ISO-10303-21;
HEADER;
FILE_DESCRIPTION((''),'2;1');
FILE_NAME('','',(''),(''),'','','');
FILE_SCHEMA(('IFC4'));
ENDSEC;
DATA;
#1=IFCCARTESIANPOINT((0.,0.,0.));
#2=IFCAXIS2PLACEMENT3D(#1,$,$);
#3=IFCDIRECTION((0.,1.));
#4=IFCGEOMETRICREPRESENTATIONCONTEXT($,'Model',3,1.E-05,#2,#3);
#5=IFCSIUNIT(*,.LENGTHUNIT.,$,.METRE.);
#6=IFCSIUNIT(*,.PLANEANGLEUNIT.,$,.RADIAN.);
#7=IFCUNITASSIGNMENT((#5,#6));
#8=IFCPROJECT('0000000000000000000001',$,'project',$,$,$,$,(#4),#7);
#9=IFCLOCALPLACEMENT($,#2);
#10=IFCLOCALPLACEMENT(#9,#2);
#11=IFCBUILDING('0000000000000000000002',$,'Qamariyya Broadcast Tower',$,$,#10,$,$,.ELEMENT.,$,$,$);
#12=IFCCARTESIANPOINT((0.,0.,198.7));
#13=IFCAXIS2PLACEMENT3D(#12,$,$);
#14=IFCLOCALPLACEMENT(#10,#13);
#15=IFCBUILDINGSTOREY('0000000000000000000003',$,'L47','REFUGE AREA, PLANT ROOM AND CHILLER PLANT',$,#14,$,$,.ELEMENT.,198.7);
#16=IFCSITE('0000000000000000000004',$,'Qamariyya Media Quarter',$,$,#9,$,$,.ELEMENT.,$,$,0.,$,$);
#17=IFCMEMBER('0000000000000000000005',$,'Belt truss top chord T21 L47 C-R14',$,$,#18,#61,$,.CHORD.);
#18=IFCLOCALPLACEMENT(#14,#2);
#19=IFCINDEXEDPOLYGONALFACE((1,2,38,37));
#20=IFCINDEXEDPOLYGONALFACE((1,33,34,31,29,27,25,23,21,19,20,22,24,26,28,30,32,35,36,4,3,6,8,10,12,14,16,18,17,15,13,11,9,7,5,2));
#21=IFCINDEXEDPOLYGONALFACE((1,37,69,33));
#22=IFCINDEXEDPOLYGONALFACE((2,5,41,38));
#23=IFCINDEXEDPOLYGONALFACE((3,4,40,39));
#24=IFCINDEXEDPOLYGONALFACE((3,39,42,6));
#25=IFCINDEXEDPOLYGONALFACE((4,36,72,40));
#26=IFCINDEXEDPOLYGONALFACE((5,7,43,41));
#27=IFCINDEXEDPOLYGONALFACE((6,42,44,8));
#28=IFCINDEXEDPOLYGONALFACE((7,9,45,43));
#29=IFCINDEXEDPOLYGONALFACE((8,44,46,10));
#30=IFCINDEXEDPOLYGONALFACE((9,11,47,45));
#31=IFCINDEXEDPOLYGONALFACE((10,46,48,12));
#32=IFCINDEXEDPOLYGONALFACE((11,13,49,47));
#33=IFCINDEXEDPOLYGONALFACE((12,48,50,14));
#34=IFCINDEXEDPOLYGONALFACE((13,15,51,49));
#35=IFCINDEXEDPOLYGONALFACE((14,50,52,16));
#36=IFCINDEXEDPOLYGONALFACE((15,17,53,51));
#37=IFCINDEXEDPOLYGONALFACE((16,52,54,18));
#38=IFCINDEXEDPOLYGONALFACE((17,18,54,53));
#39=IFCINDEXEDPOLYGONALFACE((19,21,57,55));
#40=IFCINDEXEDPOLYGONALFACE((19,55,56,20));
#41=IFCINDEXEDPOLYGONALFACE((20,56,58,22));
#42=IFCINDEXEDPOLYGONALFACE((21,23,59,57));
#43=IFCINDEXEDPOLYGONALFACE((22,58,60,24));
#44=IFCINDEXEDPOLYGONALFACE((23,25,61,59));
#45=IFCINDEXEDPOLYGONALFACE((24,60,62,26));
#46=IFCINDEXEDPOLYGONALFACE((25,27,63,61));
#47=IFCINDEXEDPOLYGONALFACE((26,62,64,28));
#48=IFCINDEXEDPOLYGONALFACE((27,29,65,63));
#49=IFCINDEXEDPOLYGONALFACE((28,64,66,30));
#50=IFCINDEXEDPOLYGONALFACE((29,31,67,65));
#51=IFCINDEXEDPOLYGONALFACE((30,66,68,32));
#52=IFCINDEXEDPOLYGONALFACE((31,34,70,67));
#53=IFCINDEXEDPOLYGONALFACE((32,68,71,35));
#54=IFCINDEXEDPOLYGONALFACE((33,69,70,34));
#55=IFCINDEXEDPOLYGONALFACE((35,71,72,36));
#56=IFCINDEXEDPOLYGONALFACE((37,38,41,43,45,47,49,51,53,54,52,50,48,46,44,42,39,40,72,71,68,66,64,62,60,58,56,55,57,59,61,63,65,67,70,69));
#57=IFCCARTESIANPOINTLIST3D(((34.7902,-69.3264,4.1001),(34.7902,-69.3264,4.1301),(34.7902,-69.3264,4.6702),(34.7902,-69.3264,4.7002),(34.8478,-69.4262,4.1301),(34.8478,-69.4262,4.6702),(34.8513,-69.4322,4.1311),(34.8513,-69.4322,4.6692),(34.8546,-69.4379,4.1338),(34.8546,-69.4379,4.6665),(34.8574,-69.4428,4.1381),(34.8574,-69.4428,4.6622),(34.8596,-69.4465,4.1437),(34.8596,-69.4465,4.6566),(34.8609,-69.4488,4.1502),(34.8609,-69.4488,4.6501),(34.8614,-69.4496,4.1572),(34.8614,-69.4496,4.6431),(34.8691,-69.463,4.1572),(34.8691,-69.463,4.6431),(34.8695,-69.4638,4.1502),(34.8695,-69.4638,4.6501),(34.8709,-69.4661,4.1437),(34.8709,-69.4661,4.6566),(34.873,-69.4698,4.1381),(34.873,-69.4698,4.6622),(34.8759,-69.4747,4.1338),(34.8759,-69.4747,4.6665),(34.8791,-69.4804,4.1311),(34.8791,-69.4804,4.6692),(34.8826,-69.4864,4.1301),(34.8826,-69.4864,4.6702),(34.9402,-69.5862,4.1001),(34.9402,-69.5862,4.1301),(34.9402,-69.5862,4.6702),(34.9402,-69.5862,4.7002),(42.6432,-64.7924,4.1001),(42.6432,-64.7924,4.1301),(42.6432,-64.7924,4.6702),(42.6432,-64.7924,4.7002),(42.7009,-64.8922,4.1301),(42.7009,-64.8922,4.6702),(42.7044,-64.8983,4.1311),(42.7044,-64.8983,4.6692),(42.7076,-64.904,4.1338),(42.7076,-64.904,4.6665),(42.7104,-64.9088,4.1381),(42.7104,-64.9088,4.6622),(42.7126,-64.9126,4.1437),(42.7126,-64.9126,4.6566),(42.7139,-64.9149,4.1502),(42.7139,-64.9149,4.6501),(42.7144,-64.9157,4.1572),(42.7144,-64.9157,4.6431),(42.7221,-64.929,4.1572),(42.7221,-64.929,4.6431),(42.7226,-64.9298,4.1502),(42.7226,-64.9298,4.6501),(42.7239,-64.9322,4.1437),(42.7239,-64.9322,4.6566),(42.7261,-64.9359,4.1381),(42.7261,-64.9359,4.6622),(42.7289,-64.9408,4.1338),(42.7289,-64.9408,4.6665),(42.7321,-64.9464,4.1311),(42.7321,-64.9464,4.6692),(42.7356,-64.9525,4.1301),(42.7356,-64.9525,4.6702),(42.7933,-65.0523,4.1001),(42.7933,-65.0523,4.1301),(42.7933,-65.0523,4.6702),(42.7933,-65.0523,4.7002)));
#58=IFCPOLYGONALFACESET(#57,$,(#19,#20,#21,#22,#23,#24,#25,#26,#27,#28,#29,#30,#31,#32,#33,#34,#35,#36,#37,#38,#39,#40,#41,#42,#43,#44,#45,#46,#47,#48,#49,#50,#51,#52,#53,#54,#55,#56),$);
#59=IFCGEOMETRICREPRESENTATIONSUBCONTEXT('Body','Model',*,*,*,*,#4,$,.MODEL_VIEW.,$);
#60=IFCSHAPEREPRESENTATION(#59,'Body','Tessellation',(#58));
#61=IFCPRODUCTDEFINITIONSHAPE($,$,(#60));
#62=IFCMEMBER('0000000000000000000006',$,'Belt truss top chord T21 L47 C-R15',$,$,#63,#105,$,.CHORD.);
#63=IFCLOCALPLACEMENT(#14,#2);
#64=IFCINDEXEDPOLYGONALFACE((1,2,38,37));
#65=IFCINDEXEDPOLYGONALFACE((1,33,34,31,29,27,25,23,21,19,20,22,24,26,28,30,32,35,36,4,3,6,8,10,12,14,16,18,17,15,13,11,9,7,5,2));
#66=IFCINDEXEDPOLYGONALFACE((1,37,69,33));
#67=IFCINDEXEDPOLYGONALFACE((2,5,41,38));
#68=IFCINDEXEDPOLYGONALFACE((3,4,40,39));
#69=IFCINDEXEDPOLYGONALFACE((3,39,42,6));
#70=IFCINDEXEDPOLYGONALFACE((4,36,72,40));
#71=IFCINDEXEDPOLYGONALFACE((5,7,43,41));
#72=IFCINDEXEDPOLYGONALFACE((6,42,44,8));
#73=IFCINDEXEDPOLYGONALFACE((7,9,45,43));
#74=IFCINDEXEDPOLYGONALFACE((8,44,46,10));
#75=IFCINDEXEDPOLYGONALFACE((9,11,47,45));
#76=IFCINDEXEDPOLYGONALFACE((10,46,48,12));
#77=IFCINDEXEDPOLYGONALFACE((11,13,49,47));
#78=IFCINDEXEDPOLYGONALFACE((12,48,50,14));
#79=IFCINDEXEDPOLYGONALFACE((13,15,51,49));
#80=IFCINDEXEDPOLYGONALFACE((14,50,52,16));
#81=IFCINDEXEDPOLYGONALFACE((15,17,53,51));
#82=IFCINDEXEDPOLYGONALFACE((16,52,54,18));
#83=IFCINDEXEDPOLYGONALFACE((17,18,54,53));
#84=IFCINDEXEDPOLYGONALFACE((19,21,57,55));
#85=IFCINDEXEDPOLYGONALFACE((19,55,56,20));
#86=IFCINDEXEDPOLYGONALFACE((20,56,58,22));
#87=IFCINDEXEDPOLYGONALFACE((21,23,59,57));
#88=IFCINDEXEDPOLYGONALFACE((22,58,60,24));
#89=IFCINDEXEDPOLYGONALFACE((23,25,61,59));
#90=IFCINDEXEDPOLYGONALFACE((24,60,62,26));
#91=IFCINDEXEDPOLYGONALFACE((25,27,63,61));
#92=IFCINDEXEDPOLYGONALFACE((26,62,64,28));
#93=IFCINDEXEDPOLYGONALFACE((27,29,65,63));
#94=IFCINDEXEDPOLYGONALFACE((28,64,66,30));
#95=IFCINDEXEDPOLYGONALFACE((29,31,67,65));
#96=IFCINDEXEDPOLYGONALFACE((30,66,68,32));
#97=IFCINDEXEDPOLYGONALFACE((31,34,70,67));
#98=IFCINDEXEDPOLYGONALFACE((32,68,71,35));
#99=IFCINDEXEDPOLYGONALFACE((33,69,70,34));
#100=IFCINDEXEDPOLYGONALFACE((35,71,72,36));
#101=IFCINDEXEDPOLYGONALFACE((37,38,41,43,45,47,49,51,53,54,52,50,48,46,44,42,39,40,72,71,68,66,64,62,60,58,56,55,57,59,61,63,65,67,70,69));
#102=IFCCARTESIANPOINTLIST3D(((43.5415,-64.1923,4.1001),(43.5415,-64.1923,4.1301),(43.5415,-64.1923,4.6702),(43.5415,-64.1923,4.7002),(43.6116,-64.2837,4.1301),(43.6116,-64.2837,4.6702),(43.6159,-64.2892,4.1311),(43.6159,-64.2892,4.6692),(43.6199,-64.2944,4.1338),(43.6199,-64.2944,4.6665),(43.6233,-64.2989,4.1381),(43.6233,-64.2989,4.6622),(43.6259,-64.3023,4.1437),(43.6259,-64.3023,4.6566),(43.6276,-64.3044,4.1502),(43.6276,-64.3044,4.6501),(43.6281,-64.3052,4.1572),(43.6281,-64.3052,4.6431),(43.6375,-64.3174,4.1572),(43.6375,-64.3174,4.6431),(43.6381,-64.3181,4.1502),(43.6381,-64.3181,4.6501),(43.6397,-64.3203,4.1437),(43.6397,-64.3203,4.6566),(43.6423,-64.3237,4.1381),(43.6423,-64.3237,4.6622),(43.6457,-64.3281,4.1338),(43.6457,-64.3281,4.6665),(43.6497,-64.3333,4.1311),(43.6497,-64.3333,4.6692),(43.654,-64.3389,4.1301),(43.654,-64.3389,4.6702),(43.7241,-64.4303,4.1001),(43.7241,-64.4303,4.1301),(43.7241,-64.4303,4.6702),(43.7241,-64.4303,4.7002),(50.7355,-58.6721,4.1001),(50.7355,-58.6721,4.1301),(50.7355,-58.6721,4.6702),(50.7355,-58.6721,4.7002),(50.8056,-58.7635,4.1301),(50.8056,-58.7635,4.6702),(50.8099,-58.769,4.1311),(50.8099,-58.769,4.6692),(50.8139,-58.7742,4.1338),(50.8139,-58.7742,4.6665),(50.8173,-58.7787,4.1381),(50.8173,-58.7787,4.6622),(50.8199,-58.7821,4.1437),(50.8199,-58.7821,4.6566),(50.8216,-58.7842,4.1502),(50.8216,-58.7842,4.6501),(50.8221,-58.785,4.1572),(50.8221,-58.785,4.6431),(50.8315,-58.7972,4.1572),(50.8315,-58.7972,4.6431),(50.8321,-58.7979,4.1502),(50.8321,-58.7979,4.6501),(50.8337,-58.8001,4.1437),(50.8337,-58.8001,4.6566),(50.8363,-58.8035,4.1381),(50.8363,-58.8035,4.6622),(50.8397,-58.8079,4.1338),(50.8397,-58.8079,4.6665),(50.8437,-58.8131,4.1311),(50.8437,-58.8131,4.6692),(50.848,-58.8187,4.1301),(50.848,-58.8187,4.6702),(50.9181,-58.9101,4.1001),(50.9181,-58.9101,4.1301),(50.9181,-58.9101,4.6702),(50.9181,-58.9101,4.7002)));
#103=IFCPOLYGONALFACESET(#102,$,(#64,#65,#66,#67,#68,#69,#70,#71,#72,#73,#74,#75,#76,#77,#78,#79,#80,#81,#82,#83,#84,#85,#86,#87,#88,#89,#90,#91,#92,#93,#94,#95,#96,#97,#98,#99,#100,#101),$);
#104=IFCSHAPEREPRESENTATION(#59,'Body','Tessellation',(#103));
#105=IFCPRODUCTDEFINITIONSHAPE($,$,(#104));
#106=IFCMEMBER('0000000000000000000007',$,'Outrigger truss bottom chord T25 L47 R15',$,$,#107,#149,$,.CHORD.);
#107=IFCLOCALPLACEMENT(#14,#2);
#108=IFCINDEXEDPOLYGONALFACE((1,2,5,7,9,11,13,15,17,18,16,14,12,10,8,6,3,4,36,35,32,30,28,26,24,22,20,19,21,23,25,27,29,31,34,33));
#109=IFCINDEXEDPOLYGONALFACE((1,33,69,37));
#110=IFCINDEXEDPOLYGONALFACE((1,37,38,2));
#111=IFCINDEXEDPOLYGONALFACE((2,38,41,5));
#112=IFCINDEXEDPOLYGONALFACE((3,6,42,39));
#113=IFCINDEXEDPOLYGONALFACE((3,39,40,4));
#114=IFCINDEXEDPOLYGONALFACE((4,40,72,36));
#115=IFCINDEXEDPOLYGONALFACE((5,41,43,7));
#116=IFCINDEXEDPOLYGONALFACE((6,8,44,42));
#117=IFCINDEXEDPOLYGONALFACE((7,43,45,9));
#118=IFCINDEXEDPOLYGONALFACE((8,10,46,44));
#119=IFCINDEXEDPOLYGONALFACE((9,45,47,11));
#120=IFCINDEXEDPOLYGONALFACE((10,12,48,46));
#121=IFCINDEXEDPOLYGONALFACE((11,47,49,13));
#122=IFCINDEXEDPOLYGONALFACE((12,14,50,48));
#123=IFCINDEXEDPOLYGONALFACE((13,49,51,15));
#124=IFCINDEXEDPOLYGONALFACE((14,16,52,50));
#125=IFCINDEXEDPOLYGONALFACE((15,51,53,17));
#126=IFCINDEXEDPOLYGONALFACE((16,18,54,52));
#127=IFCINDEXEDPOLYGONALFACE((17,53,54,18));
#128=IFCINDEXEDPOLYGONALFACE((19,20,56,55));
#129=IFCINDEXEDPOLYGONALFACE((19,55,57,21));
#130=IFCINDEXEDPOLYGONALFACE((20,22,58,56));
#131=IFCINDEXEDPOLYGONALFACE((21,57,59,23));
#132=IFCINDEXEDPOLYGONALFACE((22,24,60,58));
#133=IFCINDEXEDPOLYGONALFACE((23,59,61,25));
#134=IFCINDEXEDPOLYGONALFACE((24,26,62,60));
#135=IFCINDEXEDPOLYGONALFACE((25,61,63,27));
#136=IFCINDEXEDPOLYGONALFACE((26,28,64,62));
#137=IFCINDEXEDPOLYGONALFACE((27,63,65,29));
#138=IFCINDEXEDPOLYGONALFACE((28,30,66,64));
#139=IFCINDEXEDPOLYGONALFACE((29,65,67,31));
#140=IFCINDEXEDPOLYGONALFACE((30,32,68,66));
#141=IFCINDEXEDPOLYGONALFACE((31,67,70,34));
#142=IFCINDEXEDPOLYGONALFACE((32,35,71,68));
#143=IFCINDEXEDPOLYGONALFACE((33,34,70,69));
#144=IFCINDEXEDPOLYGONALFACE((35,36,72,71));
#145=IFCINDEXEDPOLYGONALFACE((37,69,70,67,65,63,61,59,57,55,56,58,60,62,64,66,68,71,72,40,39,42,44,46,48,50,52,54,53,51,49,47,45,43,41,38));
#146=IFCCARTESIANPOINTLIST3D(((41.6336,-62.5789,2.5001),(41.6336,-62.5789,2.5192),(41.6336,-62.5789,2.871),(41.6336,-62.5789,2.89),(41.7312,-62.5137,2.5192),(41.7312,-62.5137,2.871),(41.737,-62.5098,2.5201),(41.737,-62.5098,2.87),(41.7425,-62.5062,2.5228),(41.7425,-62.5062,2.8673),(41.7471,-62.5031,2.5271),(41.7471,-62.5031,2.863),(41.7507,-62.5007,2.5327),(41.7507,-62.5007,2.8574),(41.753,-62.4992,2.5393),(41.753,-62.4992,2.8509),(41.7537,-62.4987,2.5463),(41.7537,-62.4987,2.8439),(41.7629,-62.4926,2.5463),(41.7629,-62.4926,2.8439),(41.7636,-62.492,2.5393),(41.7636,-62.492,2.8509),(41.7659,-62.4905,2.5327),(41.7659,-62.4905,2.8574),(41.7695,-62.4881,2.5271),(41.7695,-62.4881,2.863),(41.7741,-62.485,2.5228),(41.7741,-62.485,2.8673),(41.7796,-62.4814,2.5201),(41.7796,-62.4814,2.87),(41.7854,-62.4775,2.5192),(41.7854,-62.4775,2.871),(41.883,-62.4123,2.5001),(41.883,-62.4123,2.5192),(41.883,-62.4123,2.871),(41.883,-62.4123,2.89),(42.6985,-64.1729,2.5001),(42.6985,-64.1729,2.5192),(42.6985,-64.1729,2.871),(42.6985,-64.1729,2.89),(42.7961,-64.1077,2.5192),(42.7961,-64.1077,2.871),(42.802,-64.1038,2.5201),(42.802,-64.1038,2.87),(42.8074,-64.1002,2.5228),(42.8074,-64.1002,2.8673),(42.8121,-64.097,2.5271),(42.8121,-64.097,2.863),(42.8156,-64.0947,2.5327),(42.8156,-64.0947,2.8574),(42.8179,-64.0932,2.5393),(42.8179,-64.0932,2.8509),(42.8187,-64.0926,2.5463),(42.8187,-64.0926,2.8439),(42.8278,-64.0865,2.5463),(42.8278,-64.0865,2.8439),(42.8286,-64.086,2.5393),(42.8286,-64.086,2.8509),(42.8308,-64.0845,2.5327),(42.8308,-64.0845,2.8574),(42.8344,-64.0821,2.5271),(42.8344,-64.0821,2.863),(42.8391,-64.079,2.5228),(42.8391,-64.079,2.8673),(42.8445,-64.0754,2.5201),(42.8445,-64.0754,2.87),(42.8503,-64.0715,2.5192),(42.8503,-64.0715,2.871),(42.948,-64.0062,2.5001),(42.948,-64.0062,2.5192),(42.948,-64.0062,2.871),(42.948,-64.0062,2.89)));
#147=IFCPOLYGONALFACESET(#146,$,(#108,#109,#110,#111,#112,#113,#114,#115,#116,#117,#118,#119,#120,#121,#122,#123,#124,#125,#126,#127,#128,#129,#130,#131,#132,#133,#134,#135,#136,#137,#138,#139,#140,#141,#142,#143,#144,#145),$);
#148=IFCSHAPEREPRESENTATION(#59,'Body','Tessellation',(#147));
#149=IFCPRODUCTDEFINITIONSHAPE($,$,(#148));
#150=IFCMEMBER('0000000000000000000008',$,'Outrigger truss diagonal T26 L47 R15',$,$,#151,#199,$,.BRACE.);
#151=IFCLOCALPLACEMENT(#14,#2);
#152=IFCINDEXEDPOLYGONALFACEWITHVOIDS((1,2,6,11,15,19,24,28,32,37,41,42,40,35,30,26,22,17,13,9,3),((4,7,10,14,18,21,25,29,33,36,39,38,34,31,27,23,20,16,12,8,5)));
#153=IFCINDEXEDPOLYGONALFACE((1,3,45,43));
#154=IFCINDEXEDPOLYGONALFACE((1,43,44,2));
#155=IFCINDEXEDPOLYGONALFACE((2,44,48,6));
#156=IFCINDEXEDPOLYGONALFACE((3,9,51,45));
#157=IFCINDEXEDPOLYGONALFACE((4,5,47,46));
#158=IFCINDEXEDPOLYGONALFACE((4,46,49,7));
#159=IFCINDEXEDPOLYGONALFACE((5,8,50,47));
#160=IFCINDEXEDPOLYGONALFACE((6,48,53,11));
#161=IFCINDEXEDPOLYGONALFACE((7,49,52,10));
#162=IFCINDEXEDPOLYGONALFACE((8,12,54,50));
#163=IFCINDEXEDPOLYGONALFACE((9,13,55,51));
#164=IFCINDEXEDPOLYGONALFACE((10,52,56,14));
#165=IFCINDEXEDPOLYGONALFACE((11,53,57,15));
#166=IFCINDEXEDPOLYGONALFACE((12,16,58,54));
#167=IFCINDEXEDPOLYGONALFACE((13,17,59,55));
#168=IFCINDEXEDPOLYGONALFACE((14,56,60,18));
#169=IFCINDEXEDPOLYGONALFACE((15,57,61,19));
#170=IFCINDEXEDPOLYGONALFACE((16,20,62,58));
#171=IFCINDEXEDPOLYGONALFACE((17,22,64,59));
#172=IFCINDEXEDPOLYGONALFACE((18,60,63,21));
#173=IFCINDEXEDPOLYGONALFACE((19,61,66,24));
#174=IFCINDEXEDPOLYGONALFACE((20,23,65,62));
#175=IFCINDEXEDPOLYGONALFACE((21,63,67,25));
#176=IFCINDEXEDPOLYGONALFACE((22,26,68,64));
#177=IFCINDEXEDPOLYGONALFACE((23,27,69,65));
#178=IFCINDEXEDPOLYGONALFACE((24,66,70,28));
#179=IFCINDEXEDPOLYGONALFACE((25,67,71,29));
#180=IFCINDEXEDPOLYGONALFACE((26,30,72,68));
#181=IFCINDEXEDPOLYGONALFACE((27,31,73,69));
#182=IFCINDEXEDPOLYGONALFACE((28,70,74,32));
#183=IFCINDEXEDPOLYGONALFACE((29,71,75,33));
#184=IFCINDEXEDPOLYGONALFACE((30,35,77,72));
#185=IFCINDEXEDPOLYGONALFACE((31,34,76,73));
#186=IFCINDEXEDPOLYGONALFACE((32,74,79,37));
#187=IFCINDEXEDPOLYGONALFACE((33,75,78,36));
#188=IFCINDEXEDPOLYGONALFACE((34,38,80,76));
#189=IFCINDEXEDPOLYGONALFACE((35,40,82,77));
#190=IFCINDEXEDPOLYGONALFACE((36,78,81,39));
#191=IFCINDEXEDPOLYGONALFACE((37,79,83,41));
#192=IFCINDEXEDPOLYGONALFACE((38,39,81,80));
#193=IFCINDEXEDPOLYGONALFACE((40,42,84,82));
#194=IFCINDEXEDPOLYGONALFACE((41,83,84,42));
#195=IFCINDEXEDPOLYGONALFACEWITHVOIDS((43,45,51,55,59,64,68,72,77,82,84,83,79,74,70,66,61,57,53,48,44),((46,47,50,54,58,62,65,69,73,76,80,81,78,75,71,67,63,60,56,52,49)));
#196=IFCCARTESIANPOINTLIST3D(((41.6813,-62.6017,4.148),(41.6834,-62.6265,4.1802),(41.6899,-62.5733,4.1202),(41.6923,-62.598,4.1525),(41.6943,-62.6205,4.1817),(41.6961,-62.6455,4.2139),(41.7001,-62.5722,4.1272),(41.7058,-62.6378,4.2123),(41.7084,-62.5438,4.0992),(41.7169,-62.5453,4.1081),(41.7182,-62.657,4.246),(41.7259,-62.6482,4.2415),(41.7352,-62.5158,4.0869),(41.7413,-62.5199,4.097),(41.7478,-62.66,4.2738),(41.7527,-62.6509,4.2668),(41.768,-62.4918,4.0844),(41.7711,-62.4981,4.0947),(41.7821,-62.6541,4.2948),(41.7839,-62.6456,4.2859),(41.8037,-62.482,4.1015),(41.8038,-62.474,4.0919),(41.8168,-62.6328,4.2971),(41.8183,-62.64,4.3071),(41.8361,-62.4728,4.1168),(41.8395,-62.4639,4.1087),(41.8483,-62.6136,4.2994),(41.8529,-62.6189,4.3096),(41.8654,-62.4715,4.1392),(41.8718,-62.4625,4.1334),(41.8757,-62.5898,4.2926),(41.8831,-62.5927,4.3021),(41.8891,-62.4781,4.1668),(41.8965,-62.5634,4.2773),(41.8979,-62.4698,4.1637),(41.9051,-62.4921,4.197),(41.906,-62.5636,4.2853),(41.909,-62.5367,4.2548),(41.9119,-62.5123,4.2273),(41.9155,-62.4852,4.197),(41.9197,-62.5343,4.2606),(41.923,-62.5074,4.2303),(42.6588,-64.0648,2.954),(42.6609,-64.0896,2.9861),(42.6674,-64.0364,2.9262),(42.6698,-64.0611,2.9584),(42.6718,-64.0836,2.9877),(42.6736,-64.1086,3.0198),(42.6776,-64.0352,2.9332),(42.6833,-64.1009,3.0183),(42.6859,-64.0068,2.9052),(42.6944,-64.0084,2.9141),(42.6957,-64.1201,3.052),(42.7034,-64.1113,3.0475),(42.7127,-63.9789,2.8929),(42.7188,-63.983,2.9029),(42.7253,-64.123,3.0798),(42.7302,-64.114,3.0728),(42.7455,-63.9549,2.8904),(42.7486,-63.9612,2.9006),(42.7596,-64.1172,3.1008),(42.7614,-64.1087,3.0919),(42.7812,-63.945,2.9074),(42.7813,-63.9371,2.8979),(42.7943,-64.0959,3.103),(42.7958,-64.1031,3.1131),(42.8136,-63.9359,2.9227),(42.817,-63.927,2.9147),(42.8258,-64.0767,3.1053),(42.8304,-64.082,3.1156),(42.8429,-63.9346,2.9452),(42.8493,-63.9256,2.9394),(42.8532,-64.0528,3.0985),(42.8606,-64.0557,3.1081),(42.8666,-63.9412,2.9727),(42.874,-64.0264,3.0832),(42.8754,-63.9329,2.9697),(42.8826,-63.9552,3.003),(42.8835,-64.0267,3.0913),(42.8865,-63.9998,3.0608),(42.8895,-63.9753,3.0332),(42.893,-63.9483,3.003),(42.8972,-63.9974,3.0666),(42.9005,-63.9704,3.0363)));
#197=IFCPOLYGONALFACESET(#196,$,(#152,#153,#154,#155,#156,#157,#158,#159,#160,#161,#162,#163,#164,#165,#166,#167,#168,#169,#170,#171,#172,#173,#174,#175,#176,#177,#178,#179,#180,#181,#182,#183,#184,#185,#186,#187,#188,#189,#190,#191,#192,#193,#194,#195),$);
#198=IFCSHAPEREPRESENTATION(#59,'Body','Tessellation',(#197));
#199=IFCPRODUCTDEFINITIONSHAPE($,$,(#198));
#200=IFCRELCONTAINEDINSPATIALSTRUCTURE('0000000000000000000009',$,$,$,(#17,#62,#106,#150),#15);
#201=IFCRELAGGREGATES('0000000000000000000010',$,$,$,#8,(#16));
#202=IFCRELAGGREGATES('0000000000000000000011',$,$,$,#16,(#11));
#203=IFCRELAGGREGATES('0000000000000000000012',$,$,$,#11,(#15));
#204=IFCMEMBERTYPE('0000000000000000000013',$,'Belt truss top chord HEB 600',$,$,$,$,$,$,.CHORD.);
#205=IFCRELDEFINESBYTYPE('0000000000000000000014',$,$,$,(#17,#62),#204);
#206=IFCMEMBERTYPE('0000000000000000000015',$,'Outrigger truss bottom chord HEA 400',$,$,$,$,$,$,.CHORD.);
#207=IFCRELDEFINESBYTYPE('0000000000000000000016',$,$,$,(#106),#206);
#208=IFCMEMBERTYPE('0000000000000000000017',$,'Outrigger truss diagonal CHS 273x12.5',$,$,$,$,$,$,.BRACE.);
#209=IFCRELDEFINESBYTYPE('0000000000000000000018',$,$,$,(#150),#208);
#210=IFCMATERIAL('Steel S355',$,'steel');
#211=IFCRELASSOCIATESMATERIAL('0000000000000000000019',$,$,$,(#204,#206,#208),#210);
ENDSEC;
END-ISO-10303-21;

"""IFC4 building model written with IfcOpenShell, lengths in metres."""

from ifc_helpers import new_model, si_unit, direction, frame, origin, origin_2d, place, context, subcontext, project, spatial, hollow_circle, i_section, extrude, material, material_profile, profile_set, type_object, element, save


model = new_model("IFC4")

# Units and contexts
model_context = context("Model", 3, precision=1e-05, world=origin(), true_north=direction((0.0, 1.0)))
body_context = subcontext(model_context, "Body", "Model", "MODEL_VIEW")
ifc_project = project(units=[si_unit("LENGTHUNIT", "METRE"), si_unit("PLANEANGLEUNIT", "RADIAN")], contexts=[model_context])

# Site, building, storey
site_placement = place(None, origin())
site = spatial("IfcSite", under=ifc_project, at=site_placement, Name="Qamariyya Media Quarter", CompositionType="ELEMENT", RefElevation=0.0)
building_placement = place(site_placement, origin())
building = spatial("IfcBuilding", under=site, at=building_placement, Name="Qamariyya Broadcast Tower", CompositionType="ELEMENT")
storey_placement = place(building_placement, frame((0.0, 0.0, 198.7)))
storey = spatial("IfcBuildingStorey", under=building, at=storey_placement, Name="L47", Description="REFUGE AREA, PLANT ROOM AND CHILLER PLANT", CompositionType="ELEMENT", Elevation=198.7)

# Members
ifc_material_1 = material(Name="Steel S355", Category="steel")
ifc_material_profile_1 = material_profile(ifc_material_1, i_section(OverallWidth=0.3, OverallDepth=0.6001, WebThickness=0.0154, FlangeThickness=0.03, FilletRadius=0.0271, at=origin_2d()))
ifc_profile_set_1 = profile_set([ifc_material_profile_1], Name="Steel S355")
member_type_1 = type_object("IfcMemberType", Name="Belt truss top chord HEB 600", PredefinedType="CHORD", material=ifc_profile_set_1)
for number, where, z_axis, x_axis, name in (
    (1, (34.8652, -69.4563, 4.4001), (0.866026, 0.499999, 0.0), (-0.499999, 0.866026, 0.0), "Belt truss top chord T21 L47 C-R14"),
    (2, (43.6328, -64.3113, 4.4001), (0.793351, 0.608764, 0.0), (-0.608764, 0.793351, 0.0), "Belt truss top chord T21 L47 C-R15"),
):
    element("IfcMember", number, at=place(storey_placement, frame(where, z_axis=z_axis, x_axis=x_axis)), inside=storey, type_object=member_type_1, Name=name, PredefinedType="CHORD", context=body_context, shape_type="SweptSolid", body=[
        extrude(i_section(OverallWidth=0.3, OverallDepth=0.6001, WebThickness=0.0154, FlangeThickness=0.03, FilletRadius=0.0271, at=origin_2d()), origin(), (0.0, 0.0, 1.0), 9.0679),
    ])
ifc_material_profile_2 = material_profile(ifc_material_1, i_section(OverallWidth=0.3, OverallDepth=0.3899, WebThickness=0.011, FlangeThickness=0.019, FilletRadius=0.0271, at=origin_2d()))
ifc_profile_set_2 = profile_set([ifc_material_profile_2], Name="Steel S355")
member_type_2 = type_object("IfcMemberType", Name="Outrigger truss bottom chord HEA 400", PredefinedType="CHORD", material=ifc_profile_set_2)
member_1_placement = place(storey_placement, frame((41.7583, -62.4956, 2.6951), z_axis=(0.555523, -0.831501, 0.0), x_axis=(0.831501, 0.555523, 0.0)))
element("IfcMember", 3, at=member_1_placement, inside=storey, type_object=member_type_2, Name="Outrigger truss bottom chord T25 L47 R15", PredefinedType="CHORD", context=body_context, shape_type="SweptSolid", body=[
    extrude(i_section(OverallWidth=0.3, OverallDepth=0.3899, WebThickness=0.011, FlangeThickness=0.019, FilletRadius=0.0271, at=origin_2d()), origin(), (0.0, 0.0, 1.0), 1.917),
])
ifc_material_profile_3 = material_profile(ifc_material_1, hollow_circle(Radius=0.1365, WallThickness=0.0125, at=origin_2d()))
ifc_profile_set_3 = profile_set([ifc_material_profile_3], Name="Steel S355")
member_type_3 = type_object("IfcMemberType", Name="Outrigger truss diagonal CHS 273x12.5", PredefinedType="BRACE", material=ifc_profile_set_3)
member_2_placement = place(storey_placement, frame((41.802, -62.561, 4.197), z_axis=(0.459684, -0.688033, -0.561517), x_axis=(0.831495, 0.555532, 0.0)))
element("IfcMember", 4, at=member_2_placement, inside=storey, type_object=member_type_3, Name="Outrigger truss diagonal T26 L47 R15", PredefinedType="BRACE", context=body_context, shape_type="SweptSolid", body=[
    extrude(hollow_circle(Radius=0.1365, WallThickness=0.0125, at=origin_2d()), origin(), (0.0, 0.0, 1.0), 2.1265),
])

save(model, "model.ifc")
